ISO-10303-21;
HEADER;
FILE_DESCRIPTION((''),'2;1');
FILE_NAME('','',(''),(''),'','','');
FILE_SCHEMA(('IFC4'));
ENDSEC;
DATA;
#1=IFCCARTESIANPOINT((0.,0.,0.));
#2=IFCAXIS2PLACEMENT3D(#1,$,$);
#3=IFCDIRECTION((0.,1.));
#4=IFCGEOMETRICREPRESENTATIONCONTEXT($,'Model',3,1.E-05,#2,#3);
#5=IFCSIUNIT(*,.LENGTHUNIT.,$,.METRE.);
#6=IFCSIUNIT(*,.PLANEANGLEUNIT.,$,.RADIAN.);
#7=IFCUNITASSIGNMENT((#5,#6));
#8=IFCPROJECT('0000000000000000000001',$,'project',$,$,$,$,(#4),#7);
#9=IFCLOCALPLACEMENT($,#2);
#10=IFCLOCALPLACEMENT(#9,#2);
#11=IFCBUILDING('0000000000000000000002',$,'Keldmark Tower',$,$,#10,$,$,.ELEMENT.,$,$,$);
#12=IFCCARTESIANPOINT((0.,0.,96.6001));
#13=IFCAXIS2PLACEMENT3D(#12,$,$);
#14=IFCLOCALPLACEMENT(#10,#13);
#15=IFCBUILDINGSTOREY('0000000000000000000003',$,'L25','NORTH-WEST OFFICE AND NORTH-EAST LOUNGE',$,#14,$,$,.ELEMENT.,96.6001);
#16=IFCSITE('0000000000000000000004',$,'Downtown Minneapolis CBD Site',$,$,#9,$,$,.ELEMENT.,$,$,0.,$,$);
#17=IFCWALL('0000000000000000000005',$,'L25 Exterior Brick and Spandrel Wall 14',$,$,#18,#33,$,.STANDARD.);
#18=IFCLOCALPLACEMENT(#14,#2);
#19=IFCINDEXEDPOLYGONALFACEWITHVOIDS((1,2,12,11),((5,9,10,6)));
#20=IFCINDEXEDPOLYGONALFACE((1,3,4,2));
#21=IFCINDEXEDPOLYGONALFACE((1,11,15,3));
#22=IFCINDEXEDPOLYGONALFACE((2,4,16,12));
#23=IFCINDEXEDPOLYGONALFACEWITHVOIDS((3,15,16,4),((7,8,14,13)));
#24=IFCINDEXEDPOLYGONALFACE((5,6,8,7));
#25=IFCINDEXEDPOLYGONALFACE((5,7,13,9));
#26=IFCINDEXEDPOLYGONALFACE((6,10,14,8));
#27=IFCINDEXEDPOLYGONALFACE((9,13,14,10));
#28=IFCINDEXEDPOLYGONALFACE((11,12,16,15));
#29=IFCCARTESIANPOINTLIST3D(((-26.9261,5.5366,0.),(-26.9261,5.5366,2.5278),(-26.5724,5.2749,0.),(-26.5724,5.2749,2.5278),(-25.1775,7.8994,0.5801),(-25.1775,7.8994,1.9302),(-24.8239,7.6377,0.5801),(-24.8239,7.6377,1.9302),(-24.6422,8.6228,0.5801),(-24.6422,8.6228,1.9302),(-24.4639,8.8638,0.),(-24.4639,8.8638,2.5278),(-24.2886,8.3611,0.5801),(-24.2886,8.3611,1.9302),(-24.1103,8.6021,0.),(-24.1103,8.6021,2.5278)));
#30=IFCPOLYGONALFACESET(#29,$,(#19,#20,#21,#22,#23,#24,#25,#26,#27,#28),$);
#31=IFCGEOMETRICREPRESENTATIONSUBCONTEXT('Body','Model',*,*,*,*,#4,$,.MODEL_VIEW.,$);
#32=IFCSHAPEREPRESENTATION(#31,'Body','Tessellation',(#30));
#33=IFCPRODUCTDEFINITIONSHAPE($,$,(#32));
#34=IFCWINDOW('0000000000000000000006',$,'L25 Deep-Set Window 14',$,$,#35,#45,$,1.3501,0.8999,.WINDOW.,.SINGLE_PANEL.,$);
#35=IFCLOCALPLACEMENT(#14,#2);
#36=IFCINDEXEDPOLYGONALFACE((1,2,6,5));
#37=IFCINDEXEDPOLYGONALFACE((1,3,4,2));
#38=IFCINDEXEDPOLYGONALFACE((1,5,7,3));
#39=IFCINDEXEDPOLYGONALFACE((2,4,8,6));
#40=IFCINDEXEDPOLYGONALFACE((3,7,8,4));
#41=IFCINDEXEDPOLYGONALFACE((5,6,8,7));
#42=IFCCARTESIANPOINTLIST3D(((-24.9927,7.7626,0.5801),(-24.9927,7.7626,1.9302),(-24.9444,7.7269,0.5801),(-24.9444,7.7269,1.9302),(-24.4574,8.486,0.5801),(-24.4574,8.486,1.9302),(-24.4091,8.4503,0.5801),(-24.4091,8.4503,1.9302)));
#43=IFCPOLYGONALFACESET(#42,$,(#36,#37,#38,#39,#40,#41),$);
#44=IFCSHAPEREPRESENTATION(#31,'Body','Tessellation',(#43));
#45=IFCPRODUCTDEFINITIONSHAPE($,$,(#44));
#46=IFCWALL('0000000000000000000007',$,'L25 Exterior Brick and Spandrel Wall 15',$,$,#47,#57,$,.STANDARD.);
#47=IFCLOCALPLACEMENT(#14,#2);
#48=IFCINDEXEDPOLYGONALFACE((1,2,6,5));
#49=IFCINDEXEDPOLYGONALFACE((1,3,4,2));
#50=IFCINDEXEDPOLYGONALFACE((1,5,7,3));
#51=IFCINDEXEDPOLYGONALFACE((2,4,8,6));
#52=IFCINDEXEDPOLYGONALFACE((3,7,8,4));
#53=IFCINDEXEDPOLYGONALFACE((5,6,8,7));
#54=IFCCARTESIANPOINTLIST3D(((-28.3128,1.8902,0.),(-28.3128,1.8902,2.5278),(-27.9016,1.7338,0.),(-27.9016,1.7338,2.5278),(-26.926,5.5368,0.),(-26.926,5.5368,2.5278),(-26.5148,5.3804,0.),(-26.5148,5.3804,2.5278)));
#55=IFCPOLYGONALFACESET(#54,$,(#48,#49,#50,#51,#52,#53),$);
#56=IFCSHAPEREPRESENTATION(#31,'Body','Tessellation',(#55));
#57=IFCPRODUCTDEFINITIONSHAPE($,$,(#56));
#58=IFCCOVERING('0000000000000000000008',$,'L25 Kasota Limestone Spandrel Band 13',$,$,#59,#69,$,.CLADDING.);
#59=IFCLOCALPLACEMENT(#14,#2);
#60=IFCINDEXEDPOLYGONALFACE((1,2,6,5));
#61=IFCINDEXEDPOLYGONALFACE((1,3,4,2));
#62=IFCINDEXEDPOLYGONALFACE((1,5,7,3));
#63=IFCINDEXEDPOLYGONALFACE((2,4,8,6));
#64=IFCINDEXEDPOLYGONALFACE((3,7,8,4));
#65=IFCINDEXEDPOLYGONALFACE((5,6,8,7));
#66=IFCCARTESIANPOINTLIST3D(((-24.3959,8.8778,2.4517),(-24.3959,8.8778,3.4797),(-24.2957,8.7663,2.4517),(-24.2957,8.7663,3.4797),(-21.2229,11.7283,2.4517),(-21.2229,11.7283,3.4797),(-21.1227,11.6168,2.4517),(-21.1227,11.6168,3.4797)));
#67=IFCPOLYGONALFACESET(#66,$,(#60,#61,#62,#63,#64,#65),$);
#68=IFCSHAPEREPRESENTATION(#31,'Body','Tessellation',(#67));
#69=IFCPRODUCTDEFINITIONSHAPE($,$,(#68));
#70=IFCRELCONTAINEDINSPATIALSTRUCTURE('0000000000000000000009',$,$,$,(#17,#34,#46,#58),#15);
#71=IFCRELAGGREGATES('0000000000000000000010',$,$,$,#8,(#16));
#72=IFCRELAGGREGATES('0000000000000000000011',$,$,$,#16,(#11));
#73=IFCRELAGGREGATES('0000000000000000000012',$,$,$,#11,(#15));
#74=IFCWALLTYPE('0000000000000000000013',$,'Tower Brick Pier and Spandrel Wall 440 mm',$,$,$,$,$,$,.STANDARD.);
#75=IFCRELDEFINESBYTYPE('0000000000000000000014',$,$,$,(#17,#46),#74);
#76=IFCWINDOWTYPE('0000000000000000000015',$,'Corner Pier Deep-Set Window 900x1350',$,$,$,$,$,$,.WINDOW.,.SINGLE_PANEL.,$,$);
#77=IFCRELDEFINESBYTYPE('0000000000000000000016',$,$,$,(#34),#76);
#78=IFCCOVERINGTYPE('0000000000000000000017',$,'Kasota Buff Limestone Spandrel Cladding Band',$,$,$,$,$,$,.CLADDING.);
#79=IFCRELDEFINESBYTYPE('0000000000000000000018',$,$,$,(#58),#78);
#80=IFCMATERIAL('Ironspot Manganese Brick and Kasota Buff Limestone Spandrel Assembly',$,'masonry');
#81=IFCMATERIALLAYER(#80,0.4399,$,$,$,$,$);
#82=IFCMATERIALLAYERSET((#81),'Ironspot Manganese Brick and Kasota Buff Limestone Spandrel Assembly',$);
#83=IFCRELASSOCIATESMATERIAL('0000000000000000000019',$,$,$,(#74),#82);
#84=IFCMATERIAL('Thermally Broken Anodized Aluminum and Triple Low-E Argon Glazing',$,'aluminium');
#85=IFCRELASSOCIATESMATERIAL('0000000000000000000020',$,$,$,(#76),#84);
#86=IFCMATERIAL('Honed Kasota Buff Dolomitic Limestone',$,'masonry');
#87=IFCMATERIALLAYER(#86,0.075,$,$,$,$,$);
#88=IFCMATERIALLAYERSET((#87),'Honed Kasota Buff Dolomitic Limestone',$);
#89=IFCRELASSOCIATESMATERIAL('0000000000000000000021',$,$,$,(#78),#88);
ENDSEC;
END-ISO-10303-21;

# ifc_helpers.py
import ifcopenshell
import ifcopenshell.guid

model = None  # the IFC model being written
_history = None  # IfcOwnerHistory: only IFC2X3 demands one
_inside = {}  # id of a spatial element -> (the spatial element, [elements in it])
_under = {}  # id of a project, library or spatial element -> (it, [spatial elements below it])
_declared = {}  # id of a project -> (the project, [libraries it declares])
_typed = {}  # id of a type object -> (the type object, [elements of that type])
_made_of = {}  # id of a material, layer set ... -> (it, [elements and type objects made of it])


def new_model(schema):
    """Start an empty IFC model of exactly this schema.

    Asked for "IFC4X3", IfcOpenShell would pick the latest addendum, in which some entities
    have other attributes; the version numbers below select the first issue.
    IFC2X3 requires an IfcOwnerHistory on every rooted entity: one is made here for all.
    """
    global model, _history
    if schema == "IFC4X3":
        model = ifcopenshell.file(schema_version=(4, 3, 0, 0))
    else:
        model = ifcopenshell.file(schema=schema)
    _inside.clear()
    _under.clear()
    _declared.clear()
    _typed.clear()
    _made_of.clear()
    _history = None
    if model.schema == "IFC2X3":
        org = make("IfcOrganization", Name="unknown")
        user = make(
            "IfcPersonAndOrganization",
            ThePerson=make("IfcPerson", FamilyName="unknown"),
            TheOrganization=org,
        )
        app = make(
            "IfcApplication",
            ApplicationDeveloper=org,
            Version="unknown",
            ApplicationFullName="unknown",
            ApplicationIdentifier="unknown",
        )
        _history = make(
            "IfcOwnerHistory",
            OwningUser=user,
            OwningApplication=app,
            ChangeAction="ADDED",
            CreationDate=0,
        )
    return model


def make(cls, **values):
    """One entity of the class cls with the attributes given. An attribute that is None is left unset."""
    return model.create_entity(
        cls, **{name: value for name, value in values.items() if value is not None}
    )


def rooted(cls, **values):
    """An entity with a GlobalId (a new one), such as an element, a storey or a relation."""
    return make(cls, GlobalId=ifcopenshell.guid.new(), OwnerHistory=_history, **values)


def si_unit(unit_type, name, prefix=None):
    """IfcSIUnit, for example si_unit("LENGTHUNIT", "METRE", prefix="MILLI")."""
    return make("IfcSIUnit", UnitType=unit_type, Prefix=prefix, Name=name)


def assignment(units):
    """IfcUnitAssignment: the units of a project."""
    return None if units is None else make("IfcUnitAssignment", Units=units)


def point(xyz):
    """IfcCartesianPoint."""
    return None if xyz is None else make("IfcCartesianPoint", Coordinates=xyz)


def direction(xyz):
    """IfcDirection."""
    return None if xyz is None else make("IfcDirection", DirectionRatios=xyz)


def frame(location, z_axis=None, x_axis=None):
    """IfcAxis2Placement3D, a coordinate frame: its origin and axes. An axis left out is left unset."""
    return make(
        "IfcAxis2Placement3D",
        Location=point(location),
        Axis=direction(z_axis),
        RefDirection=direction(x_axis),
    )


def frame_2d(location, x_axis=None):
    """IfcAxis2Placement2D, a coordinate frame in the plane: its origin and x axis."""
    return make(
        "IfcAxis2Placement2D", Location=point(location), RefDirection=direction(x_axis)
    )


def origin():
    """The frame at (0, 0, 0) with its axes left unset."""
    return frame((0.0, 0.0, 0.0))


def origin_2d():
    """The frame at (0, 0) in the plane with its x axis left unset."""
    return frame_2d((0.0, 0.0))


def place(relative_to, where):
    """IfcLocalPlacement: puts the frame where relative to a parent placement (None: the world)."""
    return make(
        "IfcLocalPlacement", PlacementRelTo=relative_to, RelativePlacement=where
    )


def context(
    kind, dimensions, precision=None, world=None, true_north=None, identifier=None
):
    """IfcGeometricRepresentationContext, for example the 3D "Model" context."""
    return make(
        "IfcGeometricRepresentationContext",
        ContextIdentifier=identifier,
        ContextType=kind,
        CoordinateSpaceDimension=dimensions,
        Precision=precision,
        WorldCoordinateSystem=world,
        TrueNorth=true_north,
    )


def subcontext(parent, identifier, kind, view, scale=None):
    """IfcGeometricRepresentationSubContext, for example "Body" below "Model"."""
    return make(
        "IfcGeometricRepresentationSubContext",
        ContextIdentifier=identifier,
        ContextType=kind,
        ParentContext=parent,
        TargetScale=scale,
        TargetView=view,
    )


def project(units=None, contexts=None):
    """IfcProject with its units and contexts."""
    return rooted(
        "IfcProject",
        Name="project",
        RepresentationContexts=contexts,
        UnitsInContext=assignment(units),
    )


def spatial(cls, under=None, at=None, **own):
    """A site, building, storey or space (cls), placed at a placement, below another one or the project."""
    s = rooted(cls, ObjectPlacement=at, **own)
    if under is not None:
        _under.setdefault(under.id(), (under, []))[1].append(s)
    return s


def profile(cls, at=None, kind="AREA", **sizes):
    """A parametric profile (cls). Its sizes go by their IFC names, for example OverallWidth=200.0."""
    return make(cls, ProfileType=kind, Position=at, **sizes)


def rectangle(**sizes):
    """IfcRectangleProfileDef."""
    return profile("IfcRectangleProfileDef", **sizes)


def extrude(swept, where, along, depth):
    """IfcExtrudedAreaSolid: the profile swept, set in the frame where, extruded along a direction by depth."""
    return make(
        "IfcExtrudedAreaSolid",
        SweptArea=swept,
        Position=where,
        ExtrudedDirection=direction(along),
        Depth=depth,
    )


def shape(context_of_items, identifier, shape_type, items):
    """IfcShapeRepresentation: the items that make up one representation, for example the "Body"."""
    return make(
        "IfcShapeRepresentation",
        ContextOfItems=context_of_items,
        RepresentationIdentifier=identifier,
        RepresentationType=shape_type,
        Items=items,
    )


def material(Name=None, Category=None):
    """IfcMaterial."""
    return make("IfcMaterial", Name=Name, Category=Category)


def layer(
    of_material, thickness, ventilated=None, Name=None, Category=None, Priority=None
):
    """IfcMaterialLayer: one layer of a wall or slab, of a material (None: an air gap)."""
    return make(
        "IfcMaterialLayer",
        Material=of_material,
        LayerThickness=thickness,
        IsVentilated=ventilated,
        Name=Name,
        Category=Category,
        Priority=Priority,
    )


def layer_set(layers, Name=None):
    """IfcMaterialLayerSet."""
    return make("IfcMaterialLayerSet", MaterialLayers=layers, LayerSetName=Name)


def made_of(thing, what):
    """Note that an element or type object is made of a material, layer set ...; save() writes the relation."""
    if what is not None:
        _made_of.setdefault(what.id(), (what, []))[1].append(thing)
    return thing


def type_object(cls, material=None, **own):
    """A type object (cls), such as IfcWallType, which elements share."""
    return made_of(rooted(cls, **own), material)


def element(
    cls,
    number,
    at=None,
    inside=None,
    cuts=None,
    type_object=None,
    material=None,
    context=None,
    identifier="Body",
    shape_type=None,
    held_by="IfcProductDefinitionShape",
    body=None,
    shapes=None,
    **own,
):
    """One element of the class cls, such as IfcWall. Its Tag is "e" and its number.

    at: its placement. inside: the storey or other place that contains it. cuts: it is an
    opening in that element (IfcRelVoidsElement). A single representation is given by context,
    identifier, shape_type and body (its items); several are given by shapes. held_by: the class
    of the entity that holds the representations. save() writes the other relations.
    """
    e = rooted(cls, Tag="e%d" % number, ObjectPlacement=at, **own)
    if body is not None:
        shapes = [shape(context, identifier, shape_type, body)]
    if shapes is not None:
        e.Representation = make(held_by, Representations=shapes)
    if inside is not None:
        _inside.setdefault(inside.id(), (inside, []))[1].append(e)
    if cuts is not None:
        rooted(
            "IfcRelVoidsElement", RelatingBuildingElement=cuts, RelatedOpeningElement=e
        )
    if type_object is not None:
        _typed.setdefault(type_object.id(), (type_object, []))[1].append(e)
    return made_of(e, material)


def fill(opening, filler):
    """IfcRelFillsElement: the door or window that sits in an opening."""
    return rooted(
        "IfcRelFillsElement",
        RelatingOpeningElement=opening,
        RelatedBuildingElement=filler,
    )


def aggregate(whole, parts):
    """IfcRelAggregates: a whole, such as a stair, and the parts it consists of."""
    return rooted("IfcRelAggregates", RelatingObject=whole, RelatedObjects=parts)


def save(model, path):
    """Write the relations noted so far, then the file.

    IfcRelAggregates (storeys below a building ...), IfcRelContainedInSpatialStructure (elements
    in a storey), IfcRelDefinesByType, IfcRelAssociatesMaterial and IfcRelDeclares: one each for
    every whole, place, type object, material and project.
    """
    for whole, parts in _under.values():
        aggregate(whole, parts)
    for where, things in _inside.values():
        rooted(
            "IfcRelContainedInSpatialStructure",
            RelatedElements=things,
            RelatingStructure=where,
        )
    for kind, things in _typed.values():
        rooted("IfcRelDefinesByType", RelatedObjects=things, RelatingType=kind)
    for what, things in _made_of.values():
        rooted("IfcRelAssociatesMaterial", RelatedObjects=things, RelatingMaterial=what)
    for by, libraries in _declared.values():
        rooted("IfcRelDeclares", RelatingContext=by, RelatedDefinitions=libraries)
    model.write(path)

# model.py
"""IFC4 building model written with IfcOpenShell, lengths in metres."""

from ifc_helpers import new_model, si_unit, direction, frame, frame_2d, origin, origin_2d, place, context, subcontext, project, spatial, rectangle, extrude, material, layer, layer_set, type_object, element, fill, save


model = new_model("IFC4")

# Units and contexts
model_context = context("Model", 3, precision=1e-05, world=origin(), true_north=direction((0.0, 1.0)))
body_context = subcontext(model_context, "Body", "Model", "MODEL_VIEW")
ifc_project = project(units=[si_unit("LENGTHUNIT", "METRE"), si_unit("PLANEANGLEUNIT", "RADIAN")], contexts=[model_context])

# Site, building, storey
site_placement = place(None, origin())
site = spatial("IfcSite", under=ifc_project, at=site_placement, Name="Downtown Minneapolis CBD Site", CompositionType="ELEMENT", RefElevation=0.0)
building_placement = place(site_placement, origin())
building = spatial("IfcBuilding", under=site, at=building_placement, Name="Keldmark Tower", CompositionType="ELEMENT")
storey_placement = place(building_placement, frame((0.0, 0.0, 96.6001)))
storey = spatial("IfcBuildingStorey", under=building, at=storey_placement, Name="L25", Description="NORTH-WEST OFFICE AND NORTH-EAST LOUNGE", CompositionType="ELEMENT", Elevation=96.6001)

# Wall, opening, window
ifc_material_1 = material(Name="Ironspot Manganese Brick and Kasota Buff Limestone Spandrel Assembly", Category="masonry")
ifc_layer_1 = layer(ifc_material_1, 0.4399)
ifc_layer_set_1 = layer_set([ifc_layer_1], Name="Ironspot Manganese Brick and Kasota Buff Limestone Spandrel Assembly")
wall_type_1 = type_object("IfcWallType", Name="Tower Brick Pier and Spandrel Wall 440 mm", PredefinedType="STANDARD", material=ifc_layer_set_1)
ifc_material_2 = material(Name="Thermally Broken Anodized Aluminum and Triple Low-E Argon Glazing", Category="aluminium")
window_type = type_object("IfcWindowType", Name="Corner Pier Deep-Set Window 900x1350", PartitioningType="SINGLE_PANEL", PredefinedType="WINDOW", material=ifc_material_2)
wall_1_placement = place(storey_placement, frame((-26.7493, 5.4058, 0.0), z_axis=(0.0, 0.0, 1.0), x_axis=(0.594854, 0.803834, 0.0)))
wall_1 = element("IfcWall", 1, at=wall_1_placement, inside=storey, type_object=wall_type_1, Name="L25 Exterior Brick and Spandrel Wall 14", PredefinedType="STANDARD", context=body_context, shape_type="SweptSolid", body=[
    extrude(rectangle(XDim=4.1392, YDim=0.4399, at=frame_2d((2.0696, 0.0))), origin(), (0.0, 0.0, 1.0), 2.5278),
])
opening_1_placement = place(wall_1_placement, frame((2.9395, 0.0, 0.5801)))
opening_1 = element("IfcOpeningElement", 2, at=opening_1_placement, cuts=wall_1, PredefinedType="OPENING", context=body_context, shape_type="SweptSolid", body=[
    extrude(rectangle(XDim=0.8999, YDim=1.3501, at=frame_2d((0.45, 0.675))), frame((0.0, 0.23, 0.0), z_axis=(0.0, -1.0, 0.0), x_axis=(1.0, 0.0, 0.0)), (0.0, 0.0, 1.0), 0.46),
])
window_1_placement = place(opening_1_placement, origin())
window_1 = element("IfcWindow", 3, at=window_1_placement, inside=storey, type_object=window_type, Name="L25 Deep-Set Window 14", OverallHeight=1.3501, OverallWidth=0.8999, PartitioningType="SINGLE_PANEL", PredefinedType="WINDOW", context=body_context, shape_type="SweptSolid", body=[
    extrude(rectangle(XDim=0.8999, YDim=1.3501, at=frame_2d((0.45, 0.675))), frame((0.0, -0.01, 0.0), z_axis=(0.0, -1.0, 0.0), x_axis=(1.0, 0.0, 0.0)), (0.0, 0.0, 1.0), 0.0601),
])
fill(opening_1, window_1)

# Wall
wall_2_placement = place(storey_placement, frame((-28.1072, 1.812, 0.0), z_axis=(0.0, 0.0, 1.0), x_axis=(0.355454, 0.934694, 0.0)))
element("IfcWall", 4, at=wall_2_placement, inside=storey, type_object=wall_type_1, Name="L25 Exterior Brick and Spandrel Wall 15", PredefinedType="STANDARD", context=body_context, shape_type="SweptSolid", body=[
    extrude(rectangle(XDim=3.9014, YDim=0.4399, at=frame_2d((1.9507, 0.0))), origin(), (0.0, 0.0, 1.0), 2.5278),
])

# Covering
ifc_material_3 = material(Name="Honed Kasota Buff Dolomitic Limestone", Category="masonry")
ifc_layer_2 = layer(ifc_material_3, 0.075)
ifc_layer_set_2 = layer_set([ifc_layer_2], Name="Honed Kasota Buff Dolomitic Limestone")
covering_type = type_object("IfcCoveringType", Name="Kasota Buff Limestone Spandrel Cladding Band", PredefinedType="CLADDING", material=ifc_layer_set_2)
covering_placement = place(storey_placement, frame((-22.7593, 10.2473, 2.4517), z_axis=(0.0, 0.0, 1.0), x_axis=(-0.743903, -0.668287, 0.0)))
element("IfcCovering", 5, at=covering_placement, inside=storey, type_object=covering_type, Name="L25 Kasota Limestone Spandrel Band 13", PredefinedType="CLADDING", context=body_context, shape_type="SweptSolid", body=[
    extrude(rectangle(XDim=4.2654, YDim=0.1499, at=origin_2d()), origin(), (0.0, 0.0, 1.0), 1.0281),
])

save(model, "model.ifc")
